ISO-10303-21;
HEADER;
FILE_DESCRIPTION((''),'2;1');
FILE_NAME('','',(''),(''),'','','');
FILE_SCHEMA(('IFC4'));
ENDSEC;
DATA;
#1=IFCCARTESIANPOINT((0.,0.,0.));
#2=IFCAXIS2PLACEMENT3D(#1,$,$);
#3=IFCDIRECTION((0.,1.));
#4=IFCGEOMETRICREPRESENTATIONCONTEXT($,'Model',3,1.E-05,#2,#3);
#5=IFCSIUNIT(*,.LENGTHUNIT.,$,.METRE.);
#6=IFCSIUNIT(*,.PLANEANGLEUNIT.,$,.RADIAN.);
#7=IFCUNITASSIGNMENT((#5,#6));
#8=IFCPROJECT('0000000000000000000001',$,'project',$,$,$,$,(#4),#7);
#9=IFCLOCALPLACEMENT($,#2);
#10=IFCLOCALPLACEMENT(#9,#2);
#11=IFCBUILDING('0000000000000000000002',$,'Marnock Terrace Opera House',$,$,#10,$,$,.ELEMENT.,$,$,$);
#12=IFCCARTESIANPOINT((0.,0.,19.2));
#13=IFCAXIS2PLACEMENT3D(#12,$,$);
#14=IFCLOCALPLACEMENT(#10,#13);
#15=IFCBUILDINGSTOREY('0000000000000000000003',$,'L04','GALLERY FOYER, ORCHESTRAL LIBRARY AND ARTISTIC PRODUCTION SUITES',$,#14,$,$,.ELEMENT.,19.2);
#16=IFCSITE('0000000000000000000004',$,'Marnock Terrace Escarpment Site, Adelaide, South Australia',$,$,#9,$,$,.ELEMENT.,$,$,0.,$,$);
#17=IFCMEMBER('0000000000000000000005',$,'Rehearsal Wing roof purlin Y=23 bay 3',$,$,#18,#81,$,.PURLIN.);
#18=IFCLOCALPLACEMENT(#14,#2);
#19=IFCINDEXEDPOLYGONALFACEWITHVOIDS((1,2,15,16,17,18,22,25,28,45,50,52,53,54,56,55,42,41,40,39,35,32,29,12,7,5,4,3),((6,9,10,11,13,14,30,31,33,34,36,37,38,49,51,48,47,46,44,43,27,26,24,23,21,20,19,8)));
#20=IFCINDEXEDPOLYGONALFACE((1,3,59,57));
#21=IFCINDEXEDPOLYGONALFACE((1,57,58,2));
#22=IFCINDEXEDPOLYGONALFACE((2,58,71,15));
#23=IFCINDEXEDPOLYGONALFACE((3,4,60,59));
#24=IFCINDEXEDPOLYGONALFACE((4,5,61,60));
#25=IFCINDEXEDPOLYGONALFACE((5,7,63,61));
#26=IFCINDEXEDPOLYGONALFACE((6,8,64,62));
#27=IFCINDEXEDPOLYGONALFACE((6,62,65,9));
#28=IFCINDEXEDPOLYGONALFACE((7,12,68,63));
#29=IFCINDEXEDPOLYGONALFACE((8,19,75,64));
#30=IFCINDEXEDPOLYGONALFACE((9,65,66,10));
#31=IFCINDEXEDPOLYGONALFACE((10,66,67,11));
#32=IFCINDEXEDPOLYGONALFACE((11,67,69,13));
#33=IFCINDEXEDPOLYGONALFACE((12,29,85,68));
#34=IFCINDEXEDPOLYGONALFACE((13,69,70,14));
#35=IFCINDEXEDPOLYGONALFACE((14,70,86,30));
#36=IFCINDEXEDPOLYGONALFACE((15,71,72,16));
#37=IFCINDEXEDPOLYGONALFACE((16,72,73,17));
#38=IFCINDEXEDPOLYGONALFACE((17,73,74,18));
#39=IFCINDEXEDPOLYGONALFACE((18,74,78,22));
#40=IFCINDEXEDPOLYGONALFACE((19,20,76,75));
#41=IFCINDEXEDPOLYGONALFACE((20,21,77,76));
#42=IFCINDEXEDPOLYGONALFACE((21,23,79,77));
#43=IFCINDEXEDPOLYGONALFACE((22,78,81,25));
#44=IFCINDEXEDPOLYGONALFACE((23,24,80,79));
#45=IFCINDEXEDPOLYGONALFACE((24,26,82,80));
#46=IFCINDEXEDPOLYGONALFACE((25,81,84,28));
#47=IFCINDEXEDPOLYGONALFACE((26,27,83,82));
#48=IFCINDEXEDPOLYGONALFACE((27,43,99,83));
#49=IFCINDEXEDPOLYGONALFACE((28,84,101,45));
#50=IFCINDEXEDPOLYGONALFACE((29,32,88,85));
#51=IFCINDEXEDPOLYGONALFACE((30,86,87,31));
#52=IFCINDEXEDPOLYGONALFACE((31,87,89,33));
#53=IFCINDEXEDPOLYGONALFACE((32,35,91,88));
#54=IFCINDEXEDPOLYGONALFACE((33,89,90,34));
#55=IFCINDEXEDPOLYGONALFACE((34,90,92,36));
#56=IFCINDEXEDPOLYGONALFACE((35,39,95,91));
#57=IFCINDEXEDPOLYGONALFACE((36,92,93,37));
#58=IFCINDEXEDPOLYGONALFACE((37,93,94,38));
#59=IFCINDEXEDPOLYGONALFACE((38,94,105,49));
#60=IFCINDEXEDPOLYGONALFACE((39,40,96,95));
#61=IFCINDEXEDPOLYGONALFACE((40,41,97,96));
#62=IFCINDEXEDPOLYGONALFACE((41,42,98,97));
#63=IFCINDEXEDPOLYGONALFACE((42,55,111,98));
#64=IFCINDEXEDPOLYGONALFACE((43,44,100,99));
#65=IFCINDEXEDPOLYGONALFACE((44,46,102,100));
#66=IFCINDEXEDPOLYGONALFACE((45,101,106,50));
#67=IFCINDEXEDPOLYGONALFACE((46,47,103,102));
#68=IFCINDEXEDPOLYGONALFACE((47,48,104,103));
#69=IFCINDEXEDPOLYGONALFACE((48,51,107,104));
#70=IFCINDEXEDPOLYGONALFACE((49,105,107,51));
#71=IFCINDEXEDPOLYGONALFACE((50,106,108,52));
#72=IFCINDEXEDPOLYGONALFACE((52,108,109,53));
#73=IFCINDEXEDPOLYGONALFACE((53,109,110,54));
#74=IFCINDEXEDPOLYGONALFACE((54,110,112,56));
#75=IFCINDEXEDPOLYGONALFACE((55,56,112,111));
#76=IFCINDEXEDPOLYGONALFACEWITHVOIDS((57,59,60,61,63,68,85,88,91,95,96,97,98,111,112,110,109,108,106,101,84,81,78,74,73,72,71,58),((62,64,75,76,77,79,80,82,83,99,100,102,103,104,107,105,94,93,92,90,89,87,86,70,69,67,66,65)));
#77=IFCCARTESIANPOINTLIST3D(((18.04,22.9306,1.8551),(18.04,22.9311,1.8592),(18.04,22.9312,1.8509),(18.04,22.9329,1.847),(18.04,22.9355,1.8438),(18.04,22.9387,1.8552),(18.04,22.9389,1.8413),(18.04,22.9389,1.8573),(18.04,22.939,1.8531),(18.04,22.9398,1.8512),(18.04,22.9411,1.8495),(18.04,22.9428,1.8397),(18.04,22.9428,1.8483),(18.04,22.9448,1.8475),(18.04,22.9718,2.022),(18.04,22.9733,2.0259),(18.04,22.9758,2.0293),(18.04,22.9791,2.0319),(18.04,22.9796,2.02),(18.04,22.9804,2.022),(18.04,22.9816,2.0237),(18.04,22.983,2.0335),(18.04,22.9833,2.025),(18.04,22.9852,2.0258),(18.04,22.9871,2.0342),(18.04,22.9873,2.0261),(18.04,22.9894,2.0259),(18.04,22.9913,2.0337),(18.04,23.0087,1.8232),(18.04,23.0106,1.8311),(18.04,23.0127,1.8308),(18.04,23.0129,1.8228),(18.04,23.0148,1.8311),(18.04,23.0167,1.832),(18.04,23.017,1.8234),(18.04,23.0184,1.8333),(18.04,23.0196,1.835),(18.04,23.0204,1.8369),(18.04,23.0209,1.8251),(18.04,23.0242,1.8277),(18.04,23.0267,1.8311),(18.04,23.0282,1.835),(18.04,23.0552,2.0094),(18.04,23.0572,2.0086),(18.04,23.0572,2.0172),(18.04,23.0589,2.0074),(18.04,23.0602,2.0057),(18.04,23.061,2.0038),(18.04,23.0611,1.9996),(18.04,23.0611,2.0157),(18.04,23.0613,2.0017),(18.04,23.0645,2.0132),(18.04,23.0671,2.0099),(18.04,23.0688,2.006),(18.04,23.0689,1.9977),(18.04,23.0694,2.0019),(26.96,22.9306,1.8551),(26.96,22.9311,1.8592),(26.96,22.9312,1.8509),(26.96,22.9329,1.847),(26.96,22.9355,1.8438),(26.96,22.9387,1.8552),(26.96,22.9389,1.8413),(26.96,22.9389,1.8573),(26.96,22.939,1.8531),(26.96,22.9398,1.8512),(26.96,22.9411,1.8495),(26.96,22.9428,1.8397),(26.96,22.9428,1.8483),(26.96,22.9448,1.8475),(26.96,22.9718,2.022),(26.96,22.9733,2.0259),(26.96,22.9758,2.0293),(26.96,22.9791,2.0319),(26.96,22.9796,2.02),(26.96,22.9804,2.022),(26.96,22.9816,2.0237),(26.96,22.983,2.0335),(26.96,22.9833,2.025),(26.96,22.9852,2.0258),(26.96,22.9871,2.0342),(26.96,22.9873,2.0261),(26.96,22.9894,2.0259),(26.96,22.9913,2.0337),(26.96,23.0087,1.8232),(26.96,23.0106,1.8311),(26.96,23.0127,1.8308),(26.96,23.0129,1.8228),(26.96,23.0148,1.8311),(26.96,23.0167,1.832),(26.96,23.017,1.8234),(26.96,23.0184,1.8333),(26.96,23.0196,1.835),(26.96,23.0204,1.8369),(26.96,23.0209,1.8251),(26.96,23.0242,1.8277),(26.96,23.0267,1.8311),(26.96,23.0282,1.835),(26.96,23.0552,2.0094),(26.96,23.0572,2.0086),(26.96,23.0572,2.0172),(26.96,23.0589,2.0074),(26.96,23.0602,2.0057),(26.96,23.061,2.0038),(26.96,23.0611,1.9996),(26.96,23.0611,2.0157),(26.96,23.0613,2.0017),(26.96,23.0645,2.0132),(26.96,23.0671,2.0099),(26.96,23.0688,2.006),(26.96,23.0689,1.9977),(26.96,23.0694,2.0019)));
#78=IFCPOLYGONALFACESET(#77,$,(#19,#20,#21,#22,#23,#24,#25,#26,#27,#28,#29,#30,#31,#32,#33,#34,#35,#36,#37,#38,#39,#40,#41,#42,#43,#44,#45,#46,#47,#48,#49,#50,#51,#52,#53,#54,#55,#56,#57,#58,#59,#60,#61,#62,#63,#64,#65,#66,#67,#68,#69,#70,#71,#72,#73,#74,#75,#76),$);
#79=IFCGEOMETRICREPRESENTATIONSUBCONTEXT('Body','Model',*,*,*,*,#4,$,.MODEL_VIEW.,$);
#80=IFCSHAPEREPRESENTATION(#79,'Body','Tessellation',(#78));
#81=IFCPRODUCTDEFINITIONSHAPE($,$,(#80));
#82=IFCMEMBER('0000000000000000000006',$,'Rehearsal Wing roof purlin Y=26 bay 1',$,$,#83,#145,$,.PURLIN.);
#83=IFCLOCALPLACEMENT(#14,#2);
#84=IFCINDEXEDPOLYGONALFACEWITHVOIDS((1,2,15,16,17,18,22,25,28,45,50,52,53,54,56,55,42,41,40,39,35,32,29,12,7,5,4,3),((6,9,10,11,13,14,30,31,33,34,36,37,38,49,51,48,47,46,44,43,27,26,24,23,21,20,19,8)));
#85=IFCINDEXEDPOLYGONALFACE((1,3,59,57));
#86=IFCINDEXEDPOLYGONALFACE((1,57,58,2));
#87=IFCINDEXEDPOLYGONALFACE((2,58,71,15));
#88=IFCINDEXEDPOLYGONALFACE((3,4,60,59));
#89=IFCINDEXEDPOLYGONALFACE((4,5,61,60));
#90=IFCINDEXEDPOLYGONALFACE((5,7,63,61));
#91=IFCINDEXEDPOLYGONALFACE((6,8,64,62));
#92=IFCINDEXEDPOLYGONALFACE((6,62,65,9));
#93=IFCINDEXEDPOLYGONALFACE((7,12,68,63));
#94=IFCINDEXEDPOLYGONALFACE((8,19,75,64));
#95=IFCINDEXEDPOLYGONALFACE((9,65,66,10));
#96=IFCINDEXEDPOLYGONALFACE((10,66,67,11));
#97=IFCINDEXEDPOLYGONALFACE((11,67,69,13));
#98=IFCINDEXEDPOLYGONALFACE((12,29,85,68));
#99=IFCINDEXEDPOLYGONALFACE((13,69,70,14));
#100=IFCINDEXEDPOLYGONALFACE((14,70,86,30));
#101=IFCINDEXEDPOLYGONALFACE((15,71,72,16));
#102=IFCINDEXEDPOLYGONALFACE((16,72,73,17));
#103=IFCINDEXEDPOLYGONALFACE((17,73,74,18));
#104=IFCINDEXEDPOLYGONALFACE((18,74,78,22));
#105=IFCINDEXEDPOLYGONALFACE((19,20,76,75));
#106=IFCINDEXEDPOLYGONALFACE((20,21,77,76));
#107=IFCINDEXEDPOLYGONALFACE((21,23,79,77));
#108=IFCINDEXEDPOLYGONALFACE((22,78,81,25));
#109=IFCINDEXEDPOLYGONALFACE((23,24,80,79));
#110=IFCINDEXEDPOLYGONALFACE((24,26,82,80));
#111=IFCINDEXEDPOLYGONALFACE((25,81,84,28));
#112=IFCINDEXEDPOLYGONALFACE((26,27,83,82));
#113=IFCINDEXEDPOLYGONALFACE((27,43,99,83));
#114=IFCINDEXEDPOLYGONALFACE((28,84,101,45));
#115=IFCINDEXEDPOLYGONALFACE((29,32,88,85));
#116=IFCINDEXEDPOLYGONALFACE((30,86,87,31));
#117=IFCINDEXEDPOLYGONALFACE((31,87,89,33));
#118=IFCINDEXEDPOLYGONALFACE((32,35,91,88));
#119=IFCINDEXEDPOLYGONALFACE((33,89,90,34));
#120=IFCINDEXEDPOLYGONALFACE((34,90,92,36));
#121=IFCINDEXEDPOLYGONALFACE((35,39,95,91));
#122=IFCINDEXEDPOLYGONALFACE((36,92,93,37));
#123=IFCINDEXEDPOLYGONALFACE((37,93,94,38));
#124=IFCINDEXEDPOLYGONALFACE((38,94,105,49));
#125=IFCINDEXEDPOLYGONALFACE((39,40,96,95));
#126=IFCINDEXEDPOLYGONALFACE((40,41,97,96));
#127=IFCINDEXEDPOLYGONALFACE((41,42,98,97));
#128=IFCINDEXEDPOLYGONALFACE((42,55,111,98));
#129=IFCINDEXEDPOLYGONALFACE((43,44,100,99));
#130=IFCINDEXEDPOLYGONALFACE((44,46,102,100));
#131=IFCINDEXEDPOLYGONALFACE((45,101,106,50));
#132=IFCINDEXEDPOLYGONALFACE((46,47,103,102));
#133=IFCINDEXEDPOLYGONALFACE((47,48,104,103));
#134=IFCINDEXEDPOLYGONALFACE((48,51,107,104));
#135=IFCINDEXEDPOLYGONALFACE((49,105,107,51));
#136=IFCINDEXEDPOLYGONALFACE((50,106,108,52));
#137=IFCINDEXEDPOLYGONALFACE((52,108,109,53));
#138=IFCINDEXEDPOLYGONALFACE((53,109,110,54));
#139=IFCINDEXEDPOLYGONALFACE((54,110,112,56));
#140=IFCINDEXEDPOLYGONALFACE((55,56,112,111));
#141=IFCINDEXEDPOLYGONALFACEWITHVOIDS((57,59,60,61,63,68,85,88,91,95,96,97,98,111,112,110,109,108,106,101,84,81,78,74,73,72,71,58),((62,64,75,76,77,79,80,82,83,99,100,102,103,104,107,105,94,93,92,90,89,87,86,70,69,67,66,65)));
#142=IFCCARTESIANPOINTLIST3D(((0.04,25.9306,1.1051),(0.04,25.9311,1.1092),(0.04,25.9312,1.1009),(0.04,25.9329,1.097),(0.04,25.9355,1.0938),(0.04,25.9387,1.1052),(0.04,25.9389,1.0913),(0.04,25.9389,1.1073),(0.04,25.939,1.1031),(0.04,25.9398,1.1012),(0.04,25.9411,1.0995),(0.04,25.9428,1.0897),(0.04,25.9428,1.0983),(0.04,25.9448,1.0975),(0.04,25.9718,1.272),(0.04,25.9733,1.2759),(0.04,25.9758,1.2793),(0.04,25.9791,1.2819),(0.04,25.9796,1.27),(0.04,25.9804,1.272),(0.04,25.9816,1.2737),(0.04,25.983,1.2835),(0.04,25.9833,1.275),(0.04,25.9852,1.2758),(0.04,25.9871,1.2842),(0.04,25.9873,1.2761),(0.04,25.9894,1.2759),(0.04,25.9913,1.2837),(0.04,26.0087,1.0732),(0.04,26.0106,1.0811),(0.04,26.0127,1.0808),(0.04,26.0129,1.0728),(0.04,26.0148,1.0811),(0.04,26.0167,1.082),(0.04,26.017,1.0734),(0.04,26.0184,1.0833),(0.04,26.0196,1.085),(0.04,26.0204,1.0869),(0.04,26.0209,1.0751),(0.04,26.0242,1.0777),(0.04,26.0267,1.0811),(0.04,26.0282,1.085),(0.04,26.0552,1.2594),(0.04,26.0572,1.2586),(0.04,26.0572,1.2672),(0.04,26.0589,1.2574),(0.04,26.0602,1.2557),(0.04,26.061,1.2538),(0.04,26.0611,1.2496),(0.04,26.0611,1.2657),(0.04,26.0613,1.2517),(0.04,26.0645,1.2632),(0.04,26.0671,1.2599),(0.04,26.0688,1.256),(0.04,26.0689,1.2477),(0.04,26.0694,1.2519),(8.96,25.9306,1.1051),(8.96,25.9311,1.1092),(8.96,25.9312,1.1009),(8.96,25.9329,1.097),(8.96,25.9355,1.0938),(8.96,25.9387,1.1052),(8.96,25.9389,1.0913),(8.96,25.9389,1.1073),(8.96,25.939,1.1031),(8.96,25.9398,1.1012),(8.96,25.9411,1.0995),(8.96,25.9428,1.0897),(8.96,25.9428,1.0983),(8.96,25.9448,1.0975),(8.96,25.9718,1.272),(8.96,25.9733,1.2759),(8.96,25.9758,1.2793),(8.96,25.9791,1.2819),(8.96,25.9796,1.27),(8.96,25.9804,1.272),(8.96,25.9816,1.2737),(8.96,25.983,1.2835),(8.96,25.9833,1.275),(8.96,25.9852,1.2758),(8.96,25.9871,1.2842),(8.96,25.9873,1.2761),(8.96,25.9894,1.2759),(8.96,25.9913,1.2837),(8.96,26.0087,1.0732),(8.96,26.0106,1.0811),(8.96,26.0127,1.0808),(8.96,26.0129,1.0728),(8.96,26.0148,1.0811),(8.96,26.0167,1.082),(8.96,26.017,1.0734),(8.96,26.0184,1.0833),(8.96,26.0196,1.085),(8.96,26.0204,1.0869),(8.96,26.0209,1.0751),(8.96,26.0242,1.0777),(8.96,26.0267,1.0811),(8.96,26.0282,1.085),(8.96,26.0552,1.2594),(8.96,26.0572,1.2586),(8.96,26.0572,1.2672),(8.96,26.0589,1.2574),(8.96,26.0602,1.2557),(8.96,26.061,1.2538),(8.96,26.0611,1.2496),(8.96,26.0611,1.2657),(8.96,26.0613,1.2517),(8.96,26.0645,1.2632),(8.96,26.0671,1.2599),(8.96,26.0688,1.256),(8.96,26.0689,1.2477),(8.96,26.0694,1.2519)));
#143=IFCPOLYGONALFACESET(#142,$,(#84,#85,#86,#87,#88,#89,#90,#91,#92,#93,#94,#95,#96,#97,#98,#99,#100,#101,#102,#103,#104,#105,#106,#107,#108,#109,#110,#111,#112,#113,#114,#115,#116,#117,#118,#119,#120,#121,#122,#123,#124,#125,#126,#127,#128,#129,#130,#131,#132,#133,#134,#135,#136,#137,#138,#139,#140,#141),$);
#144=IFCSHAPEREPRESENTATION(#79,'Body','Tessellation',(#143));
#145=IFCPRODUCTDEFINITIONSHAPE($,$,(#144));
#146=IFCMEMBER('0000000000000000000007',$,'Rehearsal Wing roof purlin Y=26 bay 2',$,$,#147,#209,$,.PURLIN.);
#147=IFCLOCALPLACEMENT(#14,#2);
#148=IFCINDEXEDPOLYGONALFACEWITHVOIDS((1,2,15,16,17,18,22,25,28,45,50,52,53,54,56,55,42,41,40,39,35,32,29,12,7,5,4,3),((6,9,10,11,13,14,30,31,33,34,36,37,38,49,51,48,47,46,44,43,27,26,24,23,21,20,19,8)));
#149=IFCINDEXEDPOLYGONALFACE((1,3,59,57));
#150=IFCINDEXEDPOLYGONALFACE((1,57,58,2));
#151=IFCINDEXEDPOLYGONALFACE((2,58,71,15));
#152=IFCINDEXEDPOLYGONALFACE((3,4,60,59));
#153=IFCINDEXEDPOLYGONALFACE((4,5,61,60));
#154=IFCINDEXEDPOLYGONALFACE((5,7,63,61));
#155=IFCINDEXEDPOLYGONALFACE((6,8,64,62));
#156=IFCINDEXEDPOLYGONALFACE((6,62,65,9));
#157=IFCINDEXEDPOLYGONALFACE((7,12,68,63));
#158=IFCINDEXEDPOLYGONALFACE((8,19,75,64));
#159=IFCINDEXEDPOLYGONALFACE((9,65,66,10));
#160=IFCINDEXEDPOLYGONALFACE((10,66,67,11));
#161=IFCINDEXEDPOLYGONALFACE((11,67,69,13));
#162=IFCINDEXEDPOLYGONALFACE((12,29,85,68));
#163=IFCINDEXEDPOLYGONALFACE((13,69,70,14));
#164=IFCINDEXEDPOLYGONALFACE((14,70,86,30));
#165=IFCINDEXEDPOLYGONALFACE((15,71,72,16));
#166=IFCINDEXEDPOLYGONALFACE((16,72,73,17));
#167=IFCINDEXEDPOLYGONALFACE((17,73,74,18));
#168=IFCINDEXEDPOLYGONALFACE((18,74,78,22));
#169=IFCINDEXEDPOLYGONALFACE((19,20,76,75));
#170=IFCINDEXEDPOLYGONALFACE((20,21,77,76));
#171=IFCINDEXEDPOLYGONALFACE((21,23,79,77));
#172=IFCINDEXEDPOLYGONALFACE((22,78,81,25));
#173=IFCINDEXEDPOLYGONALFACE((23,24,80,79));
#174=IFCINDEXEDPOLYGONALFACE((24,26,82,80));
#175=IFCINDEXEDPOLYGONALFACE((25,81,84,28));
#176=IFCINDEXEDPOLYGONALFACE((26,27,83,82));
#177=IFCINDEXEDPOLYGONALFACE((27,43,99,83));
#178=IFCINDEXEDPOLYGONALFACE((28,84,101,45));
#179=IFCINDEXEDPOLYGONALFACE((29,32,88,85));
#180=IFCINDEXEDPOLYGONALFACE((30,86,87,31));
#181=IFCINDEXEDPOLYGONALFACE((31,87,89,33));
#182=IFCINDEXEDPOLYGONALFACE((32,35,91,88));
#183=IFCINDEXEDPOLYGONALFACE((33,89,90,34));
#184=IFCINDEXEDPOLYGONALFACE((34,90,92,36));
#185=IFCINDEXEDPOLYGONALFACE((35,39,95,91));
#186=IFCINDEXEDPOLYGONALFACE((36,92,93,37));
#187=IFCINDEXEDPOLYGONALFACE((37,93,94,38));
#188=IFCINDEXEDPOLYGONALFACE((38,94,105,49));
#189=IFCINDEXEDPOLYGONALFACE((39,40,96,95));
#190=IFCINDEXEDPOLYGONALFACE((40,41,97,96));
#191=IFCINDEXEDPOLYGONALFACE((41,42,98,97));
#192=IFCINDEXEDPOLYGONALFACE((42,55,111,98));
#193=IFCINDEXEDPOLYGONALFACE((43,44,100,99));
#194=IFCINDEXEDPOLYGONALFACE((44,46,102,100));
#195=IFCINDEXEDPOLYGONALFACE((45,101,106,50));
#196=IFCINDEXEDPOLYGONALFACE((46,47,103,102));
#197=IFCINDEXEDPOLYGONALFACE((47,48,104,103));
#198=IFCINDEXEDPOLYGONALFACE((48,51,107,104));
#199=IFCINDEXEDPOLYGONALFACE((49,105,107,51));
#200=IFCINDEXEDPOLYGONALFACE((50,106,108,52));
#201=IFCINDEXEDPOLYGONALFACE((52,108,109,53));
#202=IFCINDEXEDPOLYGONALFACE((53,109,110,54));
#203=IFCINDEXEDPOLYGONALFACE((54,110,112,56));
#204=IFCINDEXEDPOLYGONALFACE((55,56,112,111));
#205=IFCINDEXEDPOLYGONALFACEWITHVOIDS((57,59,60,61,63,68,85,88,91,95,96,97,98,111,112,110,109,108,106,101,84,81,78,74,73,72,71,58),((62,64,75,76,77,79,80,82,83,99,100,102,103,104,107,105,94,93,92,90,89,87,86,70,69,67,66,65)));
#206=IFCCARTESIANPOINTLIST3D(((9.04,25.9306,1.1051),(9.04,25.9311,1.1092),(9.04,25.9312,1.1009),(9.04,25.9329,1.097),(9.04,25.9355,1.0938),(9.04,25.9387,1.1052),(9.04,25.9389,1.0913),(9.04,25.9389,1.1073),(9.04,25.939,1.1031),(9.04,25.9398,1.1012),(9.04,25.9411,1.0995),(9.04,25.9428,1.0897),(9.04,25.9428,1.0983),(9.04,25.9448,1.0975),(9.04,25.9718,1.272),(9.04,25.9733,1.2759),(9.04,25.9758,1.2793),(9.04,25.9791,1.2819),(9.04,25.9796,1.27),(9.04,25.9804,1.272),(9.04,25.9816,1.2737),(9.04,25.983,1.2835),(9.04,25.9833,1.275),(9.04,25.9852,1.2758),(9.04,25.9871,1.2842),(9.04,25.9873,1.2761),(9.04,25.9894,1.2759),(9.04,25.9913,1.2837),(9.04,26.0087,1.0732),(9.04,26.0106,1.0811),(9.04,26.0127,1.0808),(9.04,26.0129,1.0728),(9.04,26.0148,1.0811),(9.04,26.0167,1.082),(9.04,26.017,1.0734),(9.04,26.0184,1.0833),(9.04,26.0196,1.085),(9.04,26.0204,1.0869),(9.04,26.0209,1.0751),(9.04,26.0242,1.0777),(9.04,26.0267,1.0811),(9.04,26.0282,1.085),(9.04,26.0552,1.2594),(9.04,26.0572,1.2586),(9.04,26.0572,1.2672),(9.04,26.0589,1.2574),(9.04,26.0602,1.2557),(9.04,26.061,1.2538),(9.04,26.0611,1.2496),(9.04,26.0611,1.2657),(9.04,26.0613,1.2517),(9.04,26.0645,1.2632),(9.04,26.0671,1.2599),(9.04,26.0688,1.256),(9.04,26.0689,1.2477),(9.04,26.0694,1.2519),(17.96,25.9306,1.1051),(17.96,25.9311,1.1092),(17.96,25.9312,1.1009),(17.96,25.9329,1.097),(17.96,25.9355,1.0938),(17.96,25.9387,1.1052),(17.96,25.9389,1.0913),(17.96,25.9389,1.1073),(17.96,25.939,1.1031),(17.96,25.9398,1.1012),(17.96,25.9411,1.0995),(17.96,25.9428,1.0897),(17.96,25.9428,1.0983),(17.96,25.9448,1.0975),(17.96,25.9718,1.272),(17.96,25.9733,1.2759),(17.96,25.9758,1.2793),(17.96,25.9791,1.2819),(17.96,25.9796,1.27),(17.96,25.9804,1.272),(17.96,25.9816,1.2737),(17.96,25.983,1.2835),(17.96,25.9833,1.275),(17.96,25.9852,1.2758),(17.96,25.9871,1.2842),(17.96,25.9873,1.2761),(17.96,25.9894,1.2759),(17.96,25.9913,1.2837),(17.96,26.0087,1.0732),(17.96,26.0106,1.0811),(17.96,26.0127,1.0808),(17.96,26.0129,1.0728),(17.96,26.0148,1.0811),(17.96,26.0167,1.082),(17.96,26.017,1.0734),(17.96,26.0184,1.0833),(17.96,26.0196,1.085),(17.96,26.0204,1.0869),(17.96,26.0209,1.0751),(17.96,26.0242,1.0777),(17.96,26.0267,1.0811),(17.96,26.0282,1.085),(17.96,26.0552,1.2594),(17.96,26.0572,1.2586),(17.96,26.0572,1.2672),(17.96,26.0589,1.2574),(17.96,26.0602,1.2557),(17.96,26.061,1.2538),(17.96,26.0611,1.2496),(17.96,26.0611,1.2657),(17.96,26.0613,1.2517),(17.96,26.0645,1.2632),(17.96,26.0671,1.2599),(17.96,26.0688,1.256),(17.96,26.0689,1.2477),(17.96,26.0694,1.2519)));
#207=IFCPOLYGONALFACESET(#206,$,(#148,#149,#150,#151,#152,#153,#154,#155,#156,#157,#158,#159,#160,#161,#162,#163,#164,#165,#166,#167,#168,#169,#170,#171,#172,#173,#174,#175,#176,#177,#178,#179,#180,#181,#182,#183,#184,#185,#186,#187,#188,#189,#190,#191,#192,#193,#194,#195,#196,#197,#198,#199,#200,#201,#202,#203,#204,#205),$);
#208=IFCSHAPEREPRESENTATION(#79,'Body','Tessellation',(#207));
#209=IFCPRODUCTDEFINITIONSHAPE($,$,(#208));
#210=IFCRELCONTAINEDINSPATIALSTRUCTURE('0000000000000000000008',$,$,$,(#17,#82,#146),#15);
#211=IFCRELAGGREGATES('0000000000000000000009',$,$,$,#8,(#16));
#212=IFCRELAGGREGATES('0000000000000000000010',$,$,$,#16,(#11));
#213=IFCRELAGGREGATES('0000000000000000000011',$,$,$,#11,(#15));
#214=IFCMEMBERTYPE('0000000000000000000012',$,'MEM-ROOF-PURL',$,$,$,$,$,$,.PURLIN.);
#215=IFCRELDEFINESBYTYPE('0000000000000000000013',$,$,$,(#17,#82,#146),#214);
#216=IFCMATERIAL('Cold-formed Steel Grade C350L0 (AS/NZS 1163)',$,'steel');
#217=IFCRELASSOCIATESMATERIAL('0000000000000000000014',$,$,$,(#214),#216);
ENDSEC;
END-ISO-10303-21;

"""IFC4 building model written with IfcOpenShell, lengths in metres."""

from ifc_helpers import new_model, si_unit, direction, frame, origin, origin_2d, place, context, subcontext, project, spatial, hollow_rectangle, extrude, material, material_profile, profile_set, type_object, element, save


model = new_model("IFC4")

# Units and contexts
model_context = context("Model", 3, precision=1e-05, world=origin(), true_north=direction((0.0, 1.0)))
body_context = subcontext(model_context, "Body", "Model", "MODEL_VIEW")
ifc_project = project(units=[si_unit("LENGTHUNIT", "METRE"), si_unit("PLANEANGLEUNIT", "RADIAN")], contexts=[model_context])

# Site, building, storey
site_placement = place(None, origin())
site = spatial("IfcSite", under=ifc_project, at=site_placement, Name="Marnock Terrace Escarpment Site, Adelaide, South Australia", CompositionType="ELEMENT", RefElevation=0.0)
building_placement = place(site_placement, origin())
building = spatial("IfcBuilding", under=site, at=building_placement, Name="Marnock Terrace Opera House", CompositionType="ELEMENT")
storey_placement = place(building_placement, frame((0.0, 0.0, 19.2)))
storey = spatial("IfcBuildingStorey", under=building, at=storey_placement, Name="L04", Description="GALLERY FOYER, ORCHESTRAL LIBRARY AND ARTISTIC PRODUCTION SUITES", CompositionType="ELEMENT", Elevation=19.2)

# Members
ifc_material_1 = material(Name="Cold-formed Steel Grade C350L0 (AS/NZS 1163)", Category="steel")
ifc_material_profile_1 = material_profile(ifc_material_1, hollow_rectangle(XDim=0.1001, YDim=0.2, WallThickness=0.0081, InnerFilletRadius=0.0081, OuterFilletRadius=0.0161, at=origin_2d()))
ifc_profile_set_1 = profile_set([ifc_material_profile_1], Name="Cold-formed Steel Grade C350L0 (AS/NZS 1163)")
member_type_1 = type_object("IfcMemberType", Name="MEM-ROOF-PURL", PredefinedType="PURLIN", material=ifc_profile_set_1)
for number, where, z_axis, x_axis, name in (
    (1, (18.04, 23.0, 1.9285), (1.0, 0.0, 0.0), (0.0, 0.970143, -0.242535), "Rehearsal Wing roof purlin Y=23 bay 3"),
    (2, (0.04, 26.0, 1.1785), (1.0, 0.0, 0.0), (0.0, 0.970143, -0.242535), "Rehearsal Wing roof purlin Y=26 bay 1"),
    (3, (9.04, 26.0, 1.1785), (1.0, 0.0, 0.0), (0.0, 0.970143, -0.242535), "Rehearsal Wing roof purlin Y=26 bay 2"),
):
    element("IfcMember", number, at=place(storey_placement, frame(where, z_axis=z_axis, x_axis=x_axis)), inside=storey, type_object=member_type_1, Name=name, PredefinedType="PURLIN", context=body_context, shape_type="SweptSolid", body=[
        extrude(hollow_rectangle(XDim=0.1001, YDim=0.2, WallThickness=0.0081, InnerFilletRadius=0.0081, OuterFilletRadius=0.0161, at=origin_2d()), origin(), (0.0, 0.0, 1.0), 8.9199),
    ])

save(model, "model.ifc")
